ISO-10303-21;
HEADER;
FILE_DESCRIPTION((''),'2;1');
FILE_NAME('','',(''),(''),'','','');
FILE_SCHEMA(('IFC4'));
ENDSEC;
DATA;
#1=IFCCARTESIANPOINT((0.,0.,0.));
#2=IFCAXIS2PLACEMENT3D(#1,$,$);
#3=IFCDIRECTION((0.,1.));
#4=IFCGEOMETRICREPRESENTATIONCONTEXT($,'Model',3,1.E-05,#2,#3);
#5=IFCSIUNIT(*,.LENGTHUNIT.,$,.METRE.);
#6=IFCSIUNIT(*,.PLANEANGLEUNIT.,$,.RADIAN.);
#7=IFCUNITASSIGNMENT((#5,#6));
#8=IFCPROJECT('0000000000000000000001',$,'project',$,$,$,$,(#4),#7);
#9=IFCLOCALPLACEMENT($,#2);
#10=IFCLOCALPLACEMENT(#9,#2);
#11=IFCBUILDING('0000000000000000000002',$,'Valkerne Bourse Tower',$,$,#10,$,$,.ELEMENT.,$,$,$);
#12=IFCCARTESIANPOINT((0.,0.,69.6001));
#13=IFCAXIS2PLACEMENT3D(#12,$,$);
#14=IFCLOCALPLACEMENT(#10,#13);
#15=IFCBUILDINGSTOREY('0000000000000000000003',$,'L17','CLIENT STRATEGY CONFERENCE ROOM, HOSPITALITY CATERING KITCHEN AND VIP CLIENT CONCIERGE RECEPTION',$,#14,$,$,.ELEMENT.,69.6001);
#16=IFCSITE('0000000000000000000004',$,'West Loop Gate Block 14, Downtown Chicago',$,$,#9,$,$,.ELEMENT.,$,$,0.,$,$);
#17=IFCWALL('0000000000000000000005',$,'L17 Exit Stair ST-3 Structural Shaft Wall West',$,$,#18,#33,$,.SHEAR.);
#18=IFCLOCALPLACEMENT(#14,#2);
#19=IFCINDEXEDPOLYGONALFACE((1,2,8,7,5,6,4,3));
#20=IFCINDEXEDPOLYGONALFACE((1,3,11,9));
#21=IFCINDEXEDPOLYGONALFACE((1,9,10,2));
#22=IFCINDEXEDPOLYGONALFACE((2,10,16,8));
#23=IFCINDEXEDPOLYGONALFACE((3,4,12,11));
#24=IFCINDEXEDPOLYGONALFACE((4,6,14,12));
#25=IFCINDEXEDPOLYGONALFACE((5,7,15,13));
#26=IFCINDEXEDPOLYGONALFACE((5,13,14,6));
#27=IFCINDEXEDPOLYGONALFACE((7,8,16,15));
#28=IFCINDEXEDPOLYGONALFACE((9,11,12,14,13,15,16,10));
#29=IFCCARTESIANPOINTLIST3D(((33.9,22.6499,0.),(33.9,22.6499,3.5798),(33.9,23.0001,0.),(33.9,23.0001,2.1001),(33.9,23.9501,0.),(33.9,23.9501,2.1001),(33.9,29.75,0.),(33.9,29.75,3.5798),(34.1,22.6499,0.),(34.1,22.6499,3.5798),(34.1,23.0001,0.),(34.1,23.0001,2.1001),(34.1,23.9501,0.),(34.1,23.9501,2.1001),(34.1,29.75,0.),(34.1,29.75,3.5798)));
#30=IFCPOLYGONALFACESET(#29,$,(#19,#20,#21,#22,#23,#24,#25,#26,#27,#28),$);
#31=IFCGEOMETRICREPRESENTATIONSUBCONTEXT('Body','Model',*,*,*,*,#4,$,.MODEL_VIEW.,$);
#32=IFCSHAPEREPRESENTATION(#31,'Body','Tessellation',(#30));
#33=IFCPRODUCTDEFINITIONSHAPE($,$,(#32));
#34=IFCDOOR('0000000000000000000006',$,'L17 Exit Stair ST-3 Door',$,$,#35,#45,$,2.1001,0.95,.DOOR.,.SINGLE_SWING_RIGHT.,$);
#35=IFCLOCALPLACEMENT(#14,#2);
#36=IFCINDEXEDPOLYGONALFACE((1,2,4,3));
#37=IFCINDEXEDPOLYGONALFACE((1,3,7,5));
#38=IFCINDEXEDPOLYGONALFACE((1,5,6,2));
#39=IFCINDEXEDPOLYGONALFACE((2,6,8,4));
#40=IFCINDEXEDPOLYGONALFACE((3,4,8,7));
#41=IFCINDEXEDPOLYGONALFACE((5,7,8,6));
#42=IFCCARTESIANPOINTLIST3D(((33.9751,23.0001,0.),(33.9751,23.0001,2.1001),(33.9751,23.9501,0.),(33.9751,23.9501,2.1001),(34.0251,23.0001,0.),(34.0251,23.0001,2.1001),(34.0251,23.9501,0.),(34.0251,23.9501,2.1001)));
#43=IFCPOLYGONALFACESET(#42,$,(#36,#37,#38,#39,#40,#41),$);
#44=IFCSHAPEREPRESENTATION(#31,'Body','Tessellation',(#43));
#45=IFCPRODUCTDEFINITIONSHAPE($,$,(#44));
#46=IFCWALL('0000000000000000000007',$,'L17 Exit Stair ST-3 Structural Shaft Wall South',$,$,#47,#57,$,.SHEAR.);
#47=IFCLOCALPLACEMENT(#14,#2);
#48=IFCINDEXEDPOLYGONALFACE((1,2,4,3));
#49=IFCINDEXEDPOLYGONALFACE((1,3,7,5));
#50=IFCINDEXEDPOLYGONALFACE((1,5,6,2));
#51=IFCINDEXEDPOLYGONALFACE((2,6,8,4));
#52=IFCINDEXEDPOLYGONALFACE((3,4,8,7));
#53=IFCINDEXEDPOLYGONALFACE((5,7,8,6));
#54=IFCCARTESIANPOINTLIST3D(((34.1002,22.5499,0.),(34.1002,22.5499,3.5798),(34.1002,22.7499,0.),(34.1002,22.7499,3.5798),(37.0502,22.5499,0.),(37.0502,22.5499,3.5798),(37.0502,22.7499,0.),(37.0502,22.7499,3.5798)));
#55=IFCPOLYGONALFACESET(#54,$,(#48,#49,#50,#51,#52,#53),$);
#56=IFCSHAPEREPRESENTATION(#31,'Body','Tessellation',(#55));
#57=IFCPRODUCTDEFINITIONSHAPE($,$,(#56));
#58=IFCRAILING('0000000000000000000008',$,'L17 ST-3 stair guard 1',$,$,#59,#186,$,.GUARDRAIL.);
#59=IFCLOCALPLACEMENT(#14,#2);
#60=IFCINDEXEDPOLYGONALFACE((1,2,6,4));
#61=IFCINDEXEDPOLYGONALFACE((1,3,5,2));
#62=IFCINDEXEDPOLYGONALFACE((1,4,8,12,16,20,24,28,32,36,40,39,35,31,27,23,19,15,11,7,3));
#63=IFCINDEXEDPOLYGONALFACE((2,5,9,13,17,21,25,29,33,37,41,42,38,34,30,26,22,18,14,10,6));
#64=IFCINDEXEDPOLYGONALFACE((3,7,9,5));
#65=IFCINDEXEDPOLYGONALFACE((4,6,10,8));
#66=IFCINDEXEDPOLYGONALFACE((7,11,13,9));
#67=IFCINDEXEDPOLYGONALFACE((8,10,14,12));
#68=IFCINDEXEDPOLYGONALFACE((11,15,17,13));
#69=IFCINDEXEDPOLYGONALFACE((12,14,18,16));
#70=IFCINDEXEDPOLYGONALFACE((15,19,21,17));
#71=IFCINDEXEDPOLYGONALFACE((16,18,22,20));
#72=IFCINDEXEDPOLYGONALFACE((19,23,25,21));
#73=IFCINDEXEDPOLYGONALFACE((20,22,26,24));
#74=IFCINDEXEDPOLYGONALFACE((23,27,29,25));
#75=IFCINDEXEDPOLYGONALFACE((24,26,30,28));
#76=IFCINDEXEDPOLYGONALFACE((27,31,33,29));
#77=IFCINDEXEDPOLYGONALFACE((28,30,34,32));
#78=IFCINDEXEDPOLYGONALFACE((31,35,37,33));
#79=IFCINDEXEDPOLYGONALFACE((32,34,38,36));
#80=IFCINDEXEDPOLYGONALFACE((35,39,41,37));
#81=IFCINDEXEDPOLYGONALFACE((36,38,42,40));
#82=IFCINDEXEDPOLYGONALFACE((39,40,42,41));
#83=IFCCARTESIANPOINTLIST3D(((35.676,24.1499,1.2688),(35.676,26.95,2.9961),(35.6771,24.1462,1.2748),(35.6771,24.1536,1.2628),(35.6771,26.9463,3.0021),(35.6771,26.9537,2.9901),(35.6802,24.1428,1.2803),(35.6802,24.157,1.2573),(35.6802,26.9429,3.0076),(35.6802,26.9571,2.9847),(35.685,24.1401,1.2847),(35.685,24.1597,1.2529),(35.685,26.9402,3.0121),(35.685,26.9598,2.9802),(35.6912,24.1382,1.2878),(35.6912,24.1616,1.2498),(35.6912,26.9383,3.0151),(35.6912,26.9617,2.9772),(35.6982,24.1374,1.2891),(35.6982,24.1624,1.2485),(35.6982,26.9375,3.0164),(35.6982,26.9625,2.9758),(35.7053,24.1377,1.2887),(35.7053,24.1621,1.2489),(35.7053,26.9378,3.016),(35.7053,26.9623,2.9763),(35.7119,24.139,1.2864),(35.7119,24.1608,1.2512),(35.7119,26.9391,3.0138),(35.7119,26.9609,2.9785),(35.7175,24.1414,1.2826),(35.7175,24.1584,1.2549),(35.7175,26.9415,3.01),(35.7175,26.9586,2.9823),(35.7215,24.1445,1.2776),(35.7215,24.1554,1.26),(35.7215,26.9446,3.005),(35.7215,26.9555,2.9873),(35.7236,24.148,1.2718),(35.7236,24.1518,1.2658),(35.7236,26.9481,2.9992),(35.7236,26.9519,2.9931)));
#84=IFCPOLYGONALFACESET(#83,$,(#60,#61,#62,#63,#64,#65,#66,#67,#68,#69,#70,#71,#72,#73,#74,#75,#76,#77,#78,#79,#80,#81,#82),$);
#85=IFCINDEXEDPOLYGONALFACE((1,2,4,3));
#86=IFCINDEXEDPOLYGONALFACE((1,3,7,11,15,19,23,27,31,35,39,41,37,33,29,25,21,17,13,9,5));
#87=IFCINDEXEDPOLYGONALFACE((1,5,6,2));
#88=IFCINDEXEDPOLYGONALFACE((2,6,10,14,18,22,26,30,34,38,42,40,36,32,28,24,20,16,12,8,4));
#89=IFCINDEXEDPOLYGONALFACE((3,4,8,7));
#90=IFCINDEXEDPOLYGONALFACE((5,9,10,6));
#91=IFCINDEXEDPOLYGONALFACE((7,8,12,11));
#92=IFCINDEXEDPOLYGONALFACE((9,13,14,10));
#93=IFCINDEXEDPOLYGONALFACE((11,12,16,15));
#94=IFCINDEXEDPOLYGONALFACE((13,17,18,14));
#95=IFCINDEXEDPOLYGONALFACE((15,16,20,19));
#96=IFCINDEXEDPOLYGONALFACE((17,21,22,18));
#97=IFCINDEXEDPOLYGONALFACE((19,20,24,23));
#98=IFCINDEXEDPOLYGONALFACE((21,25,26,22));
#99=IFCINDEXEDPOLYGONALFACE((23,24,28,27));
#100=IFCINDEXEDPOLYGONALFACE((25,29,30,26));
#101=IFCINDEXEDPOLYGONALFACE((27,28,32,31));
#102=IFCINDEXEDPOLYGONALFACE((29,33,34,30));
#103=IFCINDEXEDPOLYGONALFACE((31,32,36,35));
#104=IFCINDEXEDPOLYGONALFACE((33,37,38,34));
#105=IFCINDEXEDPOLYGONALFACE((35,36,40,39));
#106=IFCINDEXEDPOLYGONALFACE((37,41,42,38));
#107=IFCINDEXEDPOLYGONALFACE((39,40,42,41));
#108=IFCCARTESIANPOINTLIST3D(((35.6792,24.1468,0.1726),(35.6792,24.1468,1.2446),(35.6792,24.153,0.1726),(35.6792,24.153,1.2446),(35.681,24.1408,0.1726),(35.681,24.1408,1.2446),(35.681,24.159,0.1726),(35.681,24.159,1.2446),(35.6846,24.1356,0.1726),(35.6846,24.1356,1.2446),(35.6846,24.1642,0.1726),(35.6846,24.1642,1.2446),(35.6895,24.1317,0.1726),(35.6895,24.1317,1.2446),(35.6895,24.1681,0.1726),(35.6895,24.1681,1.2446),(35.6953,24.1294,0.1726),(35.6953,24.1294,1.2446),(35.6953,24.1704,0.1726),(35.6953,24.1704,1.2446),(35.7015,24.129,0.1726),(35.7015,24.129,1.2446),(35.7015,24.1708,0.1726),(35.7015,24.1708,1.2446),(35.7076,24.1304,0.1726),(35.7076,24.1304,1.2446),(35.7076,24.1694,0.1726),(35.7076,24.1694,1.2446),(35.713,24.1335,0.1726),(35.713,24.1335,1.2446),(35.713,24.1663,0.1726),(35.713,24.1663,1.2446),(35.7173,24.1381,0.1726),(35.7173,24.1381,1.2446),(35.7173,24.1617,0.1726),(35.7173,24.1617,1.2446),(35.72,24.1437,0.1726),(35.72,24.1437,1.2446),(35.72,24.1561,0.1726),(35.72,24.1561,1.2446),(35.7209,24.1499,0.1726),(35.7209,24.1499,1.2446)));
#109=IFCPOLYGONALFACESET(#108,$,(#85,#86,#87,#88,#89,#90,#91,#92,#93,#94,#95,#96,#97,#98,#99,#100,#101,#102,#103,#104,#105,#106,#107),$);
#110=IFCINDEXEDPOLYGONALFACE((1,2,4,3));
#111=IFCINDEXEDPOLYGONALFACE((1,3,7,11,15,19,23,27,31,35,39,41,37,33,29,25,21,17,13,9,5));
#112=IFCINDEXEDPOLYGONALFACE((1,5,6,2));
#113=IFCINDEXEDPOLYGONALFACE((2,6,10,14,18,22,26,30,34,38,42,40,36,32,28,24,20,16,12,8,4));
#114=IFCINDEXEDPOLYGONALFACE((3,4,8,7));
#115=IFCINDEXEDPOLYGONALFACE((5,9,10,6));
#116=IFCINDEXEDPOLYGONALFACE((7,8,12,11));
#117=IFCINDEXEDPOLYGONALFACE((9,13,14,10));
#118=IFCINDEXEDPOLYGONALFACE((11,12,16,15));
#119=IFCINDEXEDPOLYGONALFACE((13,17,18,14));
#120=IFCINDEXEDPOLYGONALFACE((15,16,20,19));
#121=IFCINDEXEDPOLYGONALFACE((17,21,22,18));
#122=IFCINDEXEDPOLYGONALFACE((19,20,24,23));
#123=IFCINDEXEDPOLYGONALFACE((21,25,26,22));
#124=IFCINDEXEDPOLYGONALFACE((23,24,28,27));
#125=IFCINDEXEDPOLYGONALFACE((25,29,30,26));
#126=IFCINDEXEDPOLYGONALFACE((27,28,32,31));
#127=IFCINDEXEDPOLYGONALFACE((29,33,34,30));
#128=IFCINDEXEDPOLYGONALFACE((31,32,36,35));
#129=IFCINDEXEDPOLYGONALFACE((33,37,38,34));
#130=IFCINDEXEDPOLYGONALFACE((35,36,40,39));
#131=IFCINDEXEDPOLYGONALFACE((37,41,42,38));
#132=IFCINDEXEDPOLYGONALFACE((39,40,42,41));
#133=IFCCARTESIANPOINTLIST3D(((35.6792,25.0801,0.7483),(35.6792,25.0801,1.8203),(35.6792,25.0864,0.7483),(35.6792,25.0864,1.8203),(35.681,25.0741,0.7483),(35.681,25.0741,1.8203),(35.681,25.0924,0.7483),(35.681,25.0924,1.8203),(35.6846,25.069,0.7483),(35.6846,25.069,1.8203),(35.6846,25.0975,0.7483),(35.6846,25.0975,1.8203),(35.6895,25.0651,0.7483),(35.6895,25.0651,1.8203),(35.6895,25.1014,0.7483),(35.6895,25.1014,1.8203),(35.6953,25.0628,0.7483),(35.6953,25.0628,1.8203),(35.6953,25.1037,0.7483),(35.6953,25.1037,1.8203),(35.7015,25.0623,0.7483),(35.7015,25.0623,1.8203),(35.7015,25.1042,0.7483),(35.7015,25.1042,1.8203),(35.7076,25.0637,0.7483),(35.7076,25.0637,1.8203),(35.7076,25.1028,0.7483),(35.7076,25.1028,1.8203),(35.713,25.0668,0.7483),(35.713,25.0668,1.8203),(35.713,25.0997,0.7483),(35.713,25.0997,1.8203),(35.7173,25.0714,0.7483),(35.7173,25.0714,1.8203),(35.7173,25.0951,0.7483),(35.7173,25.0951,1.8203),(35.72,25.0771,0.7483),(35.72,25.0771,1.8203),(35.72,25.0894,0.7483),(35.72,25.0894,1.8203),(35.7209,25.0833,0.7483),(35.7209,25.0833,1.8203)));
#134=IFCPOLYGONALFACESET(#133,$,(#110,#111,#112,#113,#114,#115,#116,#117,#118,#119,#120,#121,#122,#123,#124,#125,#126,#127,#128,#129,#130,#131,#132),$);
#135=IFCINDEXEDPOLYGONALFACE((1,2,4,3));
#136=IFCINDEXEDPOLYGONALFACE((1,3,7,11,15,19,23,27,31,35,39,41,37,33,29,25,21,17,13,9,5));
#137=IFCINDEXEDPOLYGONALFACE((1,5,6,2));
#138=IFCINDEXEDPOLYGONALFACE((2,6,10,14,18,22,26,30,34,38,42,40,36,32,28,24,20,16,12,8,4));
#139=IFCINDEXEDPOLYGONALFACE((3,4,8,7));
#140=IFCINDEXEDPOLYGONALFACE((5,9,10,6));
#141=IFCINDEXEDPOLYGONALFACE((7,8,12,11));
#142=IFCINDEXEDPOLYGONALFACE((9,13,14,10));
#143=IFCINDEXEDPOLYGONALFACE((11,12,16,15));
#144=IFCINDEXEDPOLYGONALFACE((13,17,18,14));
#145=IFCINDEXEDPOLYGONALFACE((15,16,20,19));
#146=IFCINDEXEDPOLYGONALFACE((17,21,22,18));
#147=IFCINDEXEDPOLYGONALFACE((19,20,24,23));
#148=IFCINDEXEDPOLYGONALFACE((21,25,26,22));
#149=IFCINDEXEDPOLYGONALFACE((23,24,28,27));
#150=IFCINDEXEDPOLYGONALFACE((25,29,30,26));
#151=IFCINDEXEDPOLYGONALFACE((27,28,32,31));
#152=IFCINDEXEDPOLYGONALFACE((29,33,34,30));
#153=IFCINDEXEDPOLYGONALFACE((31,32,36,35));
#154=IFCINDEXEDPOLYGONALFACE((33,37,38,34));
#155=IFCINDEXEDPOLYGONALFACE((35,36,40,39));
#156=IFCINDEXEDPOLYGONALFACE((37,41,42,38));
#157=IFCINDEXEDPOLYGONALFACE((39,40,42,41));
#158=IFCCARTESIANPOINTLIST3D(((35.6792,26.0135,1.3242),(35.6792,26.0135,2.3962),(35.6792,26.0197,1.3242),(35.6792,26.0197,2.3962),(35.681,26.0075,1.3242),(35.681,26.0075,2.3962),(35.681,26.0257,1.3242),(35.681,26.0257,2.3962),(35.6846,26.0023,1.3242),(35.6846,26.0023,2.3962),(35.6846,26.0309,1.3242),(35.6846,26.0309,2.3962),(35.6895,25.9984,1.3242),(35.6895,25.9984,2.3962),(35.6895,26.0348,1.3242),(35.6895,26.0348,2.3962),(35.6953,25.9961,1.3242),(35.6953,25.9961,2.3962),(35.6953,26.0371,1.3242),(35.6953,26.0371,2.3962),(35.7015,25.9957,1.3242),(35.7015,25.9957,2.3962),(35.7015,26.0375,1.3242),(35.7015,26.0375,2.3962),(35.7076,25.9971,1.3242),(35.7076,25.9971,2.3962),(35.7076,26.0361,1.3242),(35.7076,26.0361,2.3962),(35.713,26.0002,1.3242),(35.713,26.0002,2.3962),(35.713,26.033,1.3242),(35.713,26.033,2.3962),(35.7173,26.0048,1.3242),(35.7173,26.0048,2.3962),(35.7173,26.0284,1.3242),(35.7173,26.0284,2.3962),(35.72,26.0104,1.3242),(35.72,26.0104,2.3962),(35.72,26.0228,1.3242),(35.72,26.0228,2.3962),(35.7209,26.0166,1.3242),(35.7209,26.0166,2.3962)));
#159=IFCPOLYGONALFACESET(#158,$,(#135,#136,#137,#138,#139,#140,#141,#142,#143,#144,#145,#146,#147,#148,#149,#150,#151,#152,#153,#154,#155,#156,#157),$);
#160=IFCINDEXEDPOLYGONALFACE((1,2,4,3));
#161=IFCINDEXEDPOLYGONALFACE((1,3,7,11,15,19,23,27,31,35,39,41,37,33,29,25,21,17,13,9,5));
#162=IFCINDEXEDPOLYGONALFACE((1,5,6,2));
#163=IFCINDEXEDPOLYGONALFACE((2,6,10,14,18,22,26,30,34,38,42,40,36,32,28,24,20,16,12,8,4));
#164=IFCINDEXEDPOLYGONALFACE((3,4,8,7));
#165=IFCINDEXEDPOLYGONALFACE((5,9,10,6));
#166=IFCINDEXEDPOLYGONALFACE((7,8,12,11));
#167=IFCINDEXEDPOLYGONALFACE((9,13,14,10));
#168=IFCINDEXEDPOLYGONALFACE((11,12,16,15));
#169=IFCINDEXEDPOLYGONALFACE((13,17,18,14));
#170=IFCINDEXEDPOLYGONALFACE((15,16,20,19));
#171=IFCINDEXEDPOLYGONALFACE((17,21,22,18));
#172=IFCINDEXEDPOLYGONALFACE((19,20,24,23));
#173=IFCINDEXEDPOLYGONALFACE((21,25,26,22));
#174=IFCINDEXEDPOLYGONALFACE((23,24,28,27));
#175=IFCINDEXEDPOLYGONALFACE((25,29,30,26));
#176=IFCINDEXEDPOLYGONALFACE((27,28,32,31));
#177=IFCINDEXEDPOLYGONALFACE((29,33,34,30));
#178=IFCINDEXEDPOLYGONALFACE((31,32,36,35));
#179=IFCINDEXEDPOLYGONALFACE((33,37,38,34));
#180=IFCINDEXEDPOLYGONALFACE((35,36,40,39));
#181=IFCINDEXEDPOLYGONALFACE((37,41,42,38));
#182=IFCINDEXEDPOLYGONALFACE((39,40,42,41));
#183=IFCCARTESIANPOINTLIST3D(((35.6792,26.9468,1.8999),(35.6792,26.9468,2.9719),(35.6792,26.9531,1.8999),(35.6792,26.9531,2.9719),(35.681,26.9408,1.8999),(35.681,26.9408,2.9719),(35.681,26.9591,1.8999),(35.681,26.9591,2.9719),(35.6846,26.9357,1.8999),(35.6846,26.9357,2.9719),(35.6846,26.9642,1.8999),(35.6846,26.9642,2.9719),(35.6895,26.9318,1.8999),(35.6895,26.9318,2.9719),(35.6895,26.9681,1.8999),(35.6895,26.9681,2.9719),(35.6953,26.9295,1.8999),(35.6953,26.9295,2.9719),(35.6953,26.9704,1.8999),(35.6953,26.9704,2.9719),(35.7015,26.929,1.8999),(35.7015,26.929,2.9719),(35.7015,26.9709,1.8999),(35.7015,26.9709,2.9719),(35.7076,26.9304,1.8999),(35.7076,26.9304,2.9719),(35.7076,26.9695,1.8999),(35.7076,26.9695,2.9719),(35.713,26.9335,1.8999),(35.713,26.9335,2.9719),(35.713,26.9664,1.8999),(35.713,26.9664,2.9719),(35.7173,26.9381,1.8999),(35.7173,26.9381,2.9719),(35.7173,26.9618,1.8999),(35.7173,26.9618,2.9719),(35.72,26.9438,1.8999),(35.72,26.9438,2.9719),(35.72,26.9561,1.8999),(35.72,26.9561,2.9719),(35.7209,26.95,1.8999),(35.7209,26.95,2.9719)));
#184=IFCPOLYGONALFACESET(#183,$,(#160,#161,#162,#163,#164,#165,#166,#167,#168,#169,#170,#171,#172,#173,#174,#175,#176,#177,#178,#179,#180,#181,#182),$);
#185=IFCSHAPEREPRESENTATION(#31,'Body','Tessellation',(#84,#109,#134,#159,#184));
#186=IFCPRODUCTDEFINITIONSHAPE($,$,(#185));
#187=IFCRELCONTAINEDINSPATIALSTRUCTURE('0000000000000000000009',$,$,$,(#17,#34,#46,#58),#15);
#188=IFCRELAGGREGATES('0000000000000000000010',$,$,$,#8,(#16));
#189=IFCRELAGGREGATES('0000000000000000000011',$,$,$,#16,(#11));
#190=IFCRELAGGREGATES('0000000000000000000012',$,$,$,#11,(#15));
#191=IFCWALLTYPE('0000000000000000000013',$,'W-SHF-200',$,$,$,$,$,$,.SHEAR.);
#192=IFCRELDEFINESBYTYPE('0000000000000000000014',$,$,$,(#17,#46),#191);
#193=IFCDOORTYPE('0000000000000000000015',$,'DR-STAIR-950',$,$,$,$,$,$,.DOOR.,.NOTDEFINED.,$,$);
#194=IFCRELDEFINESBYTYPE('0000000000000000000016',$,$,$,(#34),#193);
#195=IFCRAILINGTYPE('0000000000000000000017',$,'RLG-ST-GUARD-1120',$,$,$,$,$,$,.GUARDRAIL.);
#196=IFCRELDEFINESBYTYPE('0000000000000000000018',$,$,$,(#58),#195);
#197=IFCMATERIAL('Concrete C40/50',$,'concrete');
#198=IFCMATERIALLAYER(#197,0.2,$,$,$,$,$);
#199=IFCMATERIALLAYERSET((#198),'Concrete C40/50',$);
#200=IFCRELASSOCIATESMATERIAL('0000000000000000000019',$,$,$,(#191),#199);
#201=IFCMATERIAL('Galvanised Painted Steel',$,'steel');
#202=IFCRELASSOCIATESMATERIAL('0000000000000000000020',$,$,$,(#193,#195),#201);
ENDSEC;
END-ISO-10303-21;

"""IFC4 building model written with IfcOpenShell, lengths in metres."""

from ifc_helpers import new_model, si_unit, direction, frame, frame_2d, origin, origin_2d, place, context, subcontext, project, spatial, rectangle, circle, extrude, material, layer, layer_set, type_object, element, fill, save


model = new_model("IFC4")

# Units and contexts
model_context = context("Model", 3, precision=1e-05, world=origin(), true_north=direction((0.0, 1.0)))
body_context = subcontext(model_context, "Body", "Model", "MODEL_VIEW")
ifc_project = project(units=[si_unit("LENGTHUNIT", "METRE"), si_unit("PLANEANGLEUNIT", "RADIAN")], contexts=[model_context])

# Site, building, storey
site_placement = place(None, origin())
site = spatial("IfcSite", under=ifc_project, at=site_placement, Name="West Loop Gate Block 14, Downtown Chicago", CompositionType="ELEMENT", RefElevation=0.0)
building_placement = place(site_placement, origin())
building = spatial("IfcBuilding", under=site, at=building_placement, Name="Valkerne Bourse Tower", CompositionType="ELEMENT")
storey_placement = place(building_placement, frame((0.0, 0.0, 69.6001)))
storey = spatial("IfcBuildingStorey", under=building, at=storey_placement, Name="L17", Description="CLIENT STRATEGY CONFERENCE ROOM, HOSPITALITY CATERING KITCHEN AND VIP CLIENT CONCIERGE RECEPTION", CompositionType="ELEMENT", Elevation=69.6001)

# Wall, opening, door
ifc_material_1 = material(Name="Concrete C40/50", Category="concrete")
ifc_layer_1 = layer(ifc_material_1, 0.2)
ifc_layer_set_1 = layer_set([ifc_layer_1], Name="Concrete C40/50")
wall_type_1 = type_object("IfcWallType", Name="W-SHF-200", PredefinedType="SHEAR", material=ifc_layer_set_1)
wall_1_placement = place(storey_placement, frame((34.0, 22.6499, 0.0), z_axis=(0.0, 0.0, 1.0), x_axis=(0.0, 1.0, 0.0)))
wall_1 = element("IfcWall", 1, at=wall_1_placement, inside=storey, type_object=wall_type_1, Name="L17 Exit Stair ST-3 Structural Shaft Wall West", PredefinedType="SHEAR", context=body_context, shape_type="SweptSolid", body=[
    extrude(rectangle(XDim=7.1001, YDim=0.2, at=frame_2d((3.55, 0.0))), origin(), (0.0, 0.0, 1.0), 3.5798),
])
opening_placement = place(wall_1_placement, frame((0.3501, 0.0, 0.0)))
opening = element("IfcOpeningElement", 2, at=opening_placement, cuts=wall_1, PredefinedType="OPENING", context=body_context, shape_type="SweptSolid", body=[
    extrude(rectangle(XDim=0.95, YDim=2.1001, at=frame_2d((0.4751, 1.05))), frame((0.0, 0.1099, 0.0), z_axis=(0.0, -1.0, 0.0), x_axis=(1.0, 0.0, 0.0)), (0.0, 0.0, 1.0), 0.22),
])
ifc_material_2 = material(Name="Galvanised Painted Steel", Category="steel")
door_type = type_object("IfcDoorType", Name="DR-STAIR-950", OperationType="NOTDEFINED", PredefinedType="DOOR", material=ifc_material_2)
door_placement = place(opening_placement, origin())
door = element("IfcDoor", 3, at=door_placement, inside=storey, type_object=door_type, Name="L17 Exit Stair ST-3 Door", OperationType="SINGLE_SWING_RIGHT", OverallHeight=2.1001, OverallWidth=0.95, PredefinedType="DOOR", context=body_context, shape_type="SweptSolid", body=[
    extrude(rectangle(XDim=0.95, YDim=2.1001, at=frame_2d((0.4751, 1.05))), frame((0.0, 0.0249, 0.0), z_axis=(0.0, -1.0, 0.0), x_axis=(1.0, 0.0, 0.0)), (0.0, 0.0, 1.0), 0.05),
])
fill(opening, door)

# Wall
wall_2_placement = place(storey_placement, frame((34.1001, 22.6499, 0.0), z_axis=(0.0, 0.0, 1.0), x_axis=(1.0, 0.0, 0.0)))
element("IfcWall", 4, at=wall_2_placement, inside=storey, type_object=wall_type_1, Name="L17 Exit Stair ST-3 Structural Shaft Wall South", PredefinedType="SHEAR", context=body_context, shape_type="SweptSolid", body=[
    extrude(rectangle(XDim=2.95, YDim=0.2, at=frame_2d((1.4751, 0.0))), origin(), (0.0, 0.0, 1.0), 3.5798),
])

# Railing
railing_type = type_object("IfcRailingType", Name="RLG-ST-GUARD-1120", PredefinedType="GUARDRAIL", material=ifc_material_2)
railing_1_placement = place(storey_placement, frame((35.7, 24.1499, 0.1726)))
element("IfcRailing", 5, at=railing_1_placement, inside=storey, type_object=railing_type, Name="L17 ST-3 stair guard 1", PredefinedType="GUARDRAIL", context=body_context, shape_type="SweptSolid", body=[
    extrude(circle(Radius=0.0239, at=origin_2d()), frame((0.0, 0.0, 1.0962), z_axis=(0.0, 0.85109, 0.52502), x_axis=(-1.0, 0.0, 0.0)), (0.0, 0.0, 1.0), 3.29),
    extrude(circle(Radius=0.021, at=origin_2d()), origin(), (0.0, 0.0, 1.0), 1.072),
    extrude(circle(Radius=0.021, at=origin_2d()), frame((0.0, 0.9333, 0.5757)), (0.0, 0.0, 1.0), 1.072),
    extrude(circle(Radius=0.021, at=origin_2d()), frame((0.0, 1.8667, 1.1516)), (0.0, 0.0, 1.0), 1.072),
    extrude(circle(Radius=0.021, at=origin_2d()), frame((0.0, 2.8, 1.7273)), (0.0, 0.0, 1.0), 1.072),
])

save(model, "model.ifc")
